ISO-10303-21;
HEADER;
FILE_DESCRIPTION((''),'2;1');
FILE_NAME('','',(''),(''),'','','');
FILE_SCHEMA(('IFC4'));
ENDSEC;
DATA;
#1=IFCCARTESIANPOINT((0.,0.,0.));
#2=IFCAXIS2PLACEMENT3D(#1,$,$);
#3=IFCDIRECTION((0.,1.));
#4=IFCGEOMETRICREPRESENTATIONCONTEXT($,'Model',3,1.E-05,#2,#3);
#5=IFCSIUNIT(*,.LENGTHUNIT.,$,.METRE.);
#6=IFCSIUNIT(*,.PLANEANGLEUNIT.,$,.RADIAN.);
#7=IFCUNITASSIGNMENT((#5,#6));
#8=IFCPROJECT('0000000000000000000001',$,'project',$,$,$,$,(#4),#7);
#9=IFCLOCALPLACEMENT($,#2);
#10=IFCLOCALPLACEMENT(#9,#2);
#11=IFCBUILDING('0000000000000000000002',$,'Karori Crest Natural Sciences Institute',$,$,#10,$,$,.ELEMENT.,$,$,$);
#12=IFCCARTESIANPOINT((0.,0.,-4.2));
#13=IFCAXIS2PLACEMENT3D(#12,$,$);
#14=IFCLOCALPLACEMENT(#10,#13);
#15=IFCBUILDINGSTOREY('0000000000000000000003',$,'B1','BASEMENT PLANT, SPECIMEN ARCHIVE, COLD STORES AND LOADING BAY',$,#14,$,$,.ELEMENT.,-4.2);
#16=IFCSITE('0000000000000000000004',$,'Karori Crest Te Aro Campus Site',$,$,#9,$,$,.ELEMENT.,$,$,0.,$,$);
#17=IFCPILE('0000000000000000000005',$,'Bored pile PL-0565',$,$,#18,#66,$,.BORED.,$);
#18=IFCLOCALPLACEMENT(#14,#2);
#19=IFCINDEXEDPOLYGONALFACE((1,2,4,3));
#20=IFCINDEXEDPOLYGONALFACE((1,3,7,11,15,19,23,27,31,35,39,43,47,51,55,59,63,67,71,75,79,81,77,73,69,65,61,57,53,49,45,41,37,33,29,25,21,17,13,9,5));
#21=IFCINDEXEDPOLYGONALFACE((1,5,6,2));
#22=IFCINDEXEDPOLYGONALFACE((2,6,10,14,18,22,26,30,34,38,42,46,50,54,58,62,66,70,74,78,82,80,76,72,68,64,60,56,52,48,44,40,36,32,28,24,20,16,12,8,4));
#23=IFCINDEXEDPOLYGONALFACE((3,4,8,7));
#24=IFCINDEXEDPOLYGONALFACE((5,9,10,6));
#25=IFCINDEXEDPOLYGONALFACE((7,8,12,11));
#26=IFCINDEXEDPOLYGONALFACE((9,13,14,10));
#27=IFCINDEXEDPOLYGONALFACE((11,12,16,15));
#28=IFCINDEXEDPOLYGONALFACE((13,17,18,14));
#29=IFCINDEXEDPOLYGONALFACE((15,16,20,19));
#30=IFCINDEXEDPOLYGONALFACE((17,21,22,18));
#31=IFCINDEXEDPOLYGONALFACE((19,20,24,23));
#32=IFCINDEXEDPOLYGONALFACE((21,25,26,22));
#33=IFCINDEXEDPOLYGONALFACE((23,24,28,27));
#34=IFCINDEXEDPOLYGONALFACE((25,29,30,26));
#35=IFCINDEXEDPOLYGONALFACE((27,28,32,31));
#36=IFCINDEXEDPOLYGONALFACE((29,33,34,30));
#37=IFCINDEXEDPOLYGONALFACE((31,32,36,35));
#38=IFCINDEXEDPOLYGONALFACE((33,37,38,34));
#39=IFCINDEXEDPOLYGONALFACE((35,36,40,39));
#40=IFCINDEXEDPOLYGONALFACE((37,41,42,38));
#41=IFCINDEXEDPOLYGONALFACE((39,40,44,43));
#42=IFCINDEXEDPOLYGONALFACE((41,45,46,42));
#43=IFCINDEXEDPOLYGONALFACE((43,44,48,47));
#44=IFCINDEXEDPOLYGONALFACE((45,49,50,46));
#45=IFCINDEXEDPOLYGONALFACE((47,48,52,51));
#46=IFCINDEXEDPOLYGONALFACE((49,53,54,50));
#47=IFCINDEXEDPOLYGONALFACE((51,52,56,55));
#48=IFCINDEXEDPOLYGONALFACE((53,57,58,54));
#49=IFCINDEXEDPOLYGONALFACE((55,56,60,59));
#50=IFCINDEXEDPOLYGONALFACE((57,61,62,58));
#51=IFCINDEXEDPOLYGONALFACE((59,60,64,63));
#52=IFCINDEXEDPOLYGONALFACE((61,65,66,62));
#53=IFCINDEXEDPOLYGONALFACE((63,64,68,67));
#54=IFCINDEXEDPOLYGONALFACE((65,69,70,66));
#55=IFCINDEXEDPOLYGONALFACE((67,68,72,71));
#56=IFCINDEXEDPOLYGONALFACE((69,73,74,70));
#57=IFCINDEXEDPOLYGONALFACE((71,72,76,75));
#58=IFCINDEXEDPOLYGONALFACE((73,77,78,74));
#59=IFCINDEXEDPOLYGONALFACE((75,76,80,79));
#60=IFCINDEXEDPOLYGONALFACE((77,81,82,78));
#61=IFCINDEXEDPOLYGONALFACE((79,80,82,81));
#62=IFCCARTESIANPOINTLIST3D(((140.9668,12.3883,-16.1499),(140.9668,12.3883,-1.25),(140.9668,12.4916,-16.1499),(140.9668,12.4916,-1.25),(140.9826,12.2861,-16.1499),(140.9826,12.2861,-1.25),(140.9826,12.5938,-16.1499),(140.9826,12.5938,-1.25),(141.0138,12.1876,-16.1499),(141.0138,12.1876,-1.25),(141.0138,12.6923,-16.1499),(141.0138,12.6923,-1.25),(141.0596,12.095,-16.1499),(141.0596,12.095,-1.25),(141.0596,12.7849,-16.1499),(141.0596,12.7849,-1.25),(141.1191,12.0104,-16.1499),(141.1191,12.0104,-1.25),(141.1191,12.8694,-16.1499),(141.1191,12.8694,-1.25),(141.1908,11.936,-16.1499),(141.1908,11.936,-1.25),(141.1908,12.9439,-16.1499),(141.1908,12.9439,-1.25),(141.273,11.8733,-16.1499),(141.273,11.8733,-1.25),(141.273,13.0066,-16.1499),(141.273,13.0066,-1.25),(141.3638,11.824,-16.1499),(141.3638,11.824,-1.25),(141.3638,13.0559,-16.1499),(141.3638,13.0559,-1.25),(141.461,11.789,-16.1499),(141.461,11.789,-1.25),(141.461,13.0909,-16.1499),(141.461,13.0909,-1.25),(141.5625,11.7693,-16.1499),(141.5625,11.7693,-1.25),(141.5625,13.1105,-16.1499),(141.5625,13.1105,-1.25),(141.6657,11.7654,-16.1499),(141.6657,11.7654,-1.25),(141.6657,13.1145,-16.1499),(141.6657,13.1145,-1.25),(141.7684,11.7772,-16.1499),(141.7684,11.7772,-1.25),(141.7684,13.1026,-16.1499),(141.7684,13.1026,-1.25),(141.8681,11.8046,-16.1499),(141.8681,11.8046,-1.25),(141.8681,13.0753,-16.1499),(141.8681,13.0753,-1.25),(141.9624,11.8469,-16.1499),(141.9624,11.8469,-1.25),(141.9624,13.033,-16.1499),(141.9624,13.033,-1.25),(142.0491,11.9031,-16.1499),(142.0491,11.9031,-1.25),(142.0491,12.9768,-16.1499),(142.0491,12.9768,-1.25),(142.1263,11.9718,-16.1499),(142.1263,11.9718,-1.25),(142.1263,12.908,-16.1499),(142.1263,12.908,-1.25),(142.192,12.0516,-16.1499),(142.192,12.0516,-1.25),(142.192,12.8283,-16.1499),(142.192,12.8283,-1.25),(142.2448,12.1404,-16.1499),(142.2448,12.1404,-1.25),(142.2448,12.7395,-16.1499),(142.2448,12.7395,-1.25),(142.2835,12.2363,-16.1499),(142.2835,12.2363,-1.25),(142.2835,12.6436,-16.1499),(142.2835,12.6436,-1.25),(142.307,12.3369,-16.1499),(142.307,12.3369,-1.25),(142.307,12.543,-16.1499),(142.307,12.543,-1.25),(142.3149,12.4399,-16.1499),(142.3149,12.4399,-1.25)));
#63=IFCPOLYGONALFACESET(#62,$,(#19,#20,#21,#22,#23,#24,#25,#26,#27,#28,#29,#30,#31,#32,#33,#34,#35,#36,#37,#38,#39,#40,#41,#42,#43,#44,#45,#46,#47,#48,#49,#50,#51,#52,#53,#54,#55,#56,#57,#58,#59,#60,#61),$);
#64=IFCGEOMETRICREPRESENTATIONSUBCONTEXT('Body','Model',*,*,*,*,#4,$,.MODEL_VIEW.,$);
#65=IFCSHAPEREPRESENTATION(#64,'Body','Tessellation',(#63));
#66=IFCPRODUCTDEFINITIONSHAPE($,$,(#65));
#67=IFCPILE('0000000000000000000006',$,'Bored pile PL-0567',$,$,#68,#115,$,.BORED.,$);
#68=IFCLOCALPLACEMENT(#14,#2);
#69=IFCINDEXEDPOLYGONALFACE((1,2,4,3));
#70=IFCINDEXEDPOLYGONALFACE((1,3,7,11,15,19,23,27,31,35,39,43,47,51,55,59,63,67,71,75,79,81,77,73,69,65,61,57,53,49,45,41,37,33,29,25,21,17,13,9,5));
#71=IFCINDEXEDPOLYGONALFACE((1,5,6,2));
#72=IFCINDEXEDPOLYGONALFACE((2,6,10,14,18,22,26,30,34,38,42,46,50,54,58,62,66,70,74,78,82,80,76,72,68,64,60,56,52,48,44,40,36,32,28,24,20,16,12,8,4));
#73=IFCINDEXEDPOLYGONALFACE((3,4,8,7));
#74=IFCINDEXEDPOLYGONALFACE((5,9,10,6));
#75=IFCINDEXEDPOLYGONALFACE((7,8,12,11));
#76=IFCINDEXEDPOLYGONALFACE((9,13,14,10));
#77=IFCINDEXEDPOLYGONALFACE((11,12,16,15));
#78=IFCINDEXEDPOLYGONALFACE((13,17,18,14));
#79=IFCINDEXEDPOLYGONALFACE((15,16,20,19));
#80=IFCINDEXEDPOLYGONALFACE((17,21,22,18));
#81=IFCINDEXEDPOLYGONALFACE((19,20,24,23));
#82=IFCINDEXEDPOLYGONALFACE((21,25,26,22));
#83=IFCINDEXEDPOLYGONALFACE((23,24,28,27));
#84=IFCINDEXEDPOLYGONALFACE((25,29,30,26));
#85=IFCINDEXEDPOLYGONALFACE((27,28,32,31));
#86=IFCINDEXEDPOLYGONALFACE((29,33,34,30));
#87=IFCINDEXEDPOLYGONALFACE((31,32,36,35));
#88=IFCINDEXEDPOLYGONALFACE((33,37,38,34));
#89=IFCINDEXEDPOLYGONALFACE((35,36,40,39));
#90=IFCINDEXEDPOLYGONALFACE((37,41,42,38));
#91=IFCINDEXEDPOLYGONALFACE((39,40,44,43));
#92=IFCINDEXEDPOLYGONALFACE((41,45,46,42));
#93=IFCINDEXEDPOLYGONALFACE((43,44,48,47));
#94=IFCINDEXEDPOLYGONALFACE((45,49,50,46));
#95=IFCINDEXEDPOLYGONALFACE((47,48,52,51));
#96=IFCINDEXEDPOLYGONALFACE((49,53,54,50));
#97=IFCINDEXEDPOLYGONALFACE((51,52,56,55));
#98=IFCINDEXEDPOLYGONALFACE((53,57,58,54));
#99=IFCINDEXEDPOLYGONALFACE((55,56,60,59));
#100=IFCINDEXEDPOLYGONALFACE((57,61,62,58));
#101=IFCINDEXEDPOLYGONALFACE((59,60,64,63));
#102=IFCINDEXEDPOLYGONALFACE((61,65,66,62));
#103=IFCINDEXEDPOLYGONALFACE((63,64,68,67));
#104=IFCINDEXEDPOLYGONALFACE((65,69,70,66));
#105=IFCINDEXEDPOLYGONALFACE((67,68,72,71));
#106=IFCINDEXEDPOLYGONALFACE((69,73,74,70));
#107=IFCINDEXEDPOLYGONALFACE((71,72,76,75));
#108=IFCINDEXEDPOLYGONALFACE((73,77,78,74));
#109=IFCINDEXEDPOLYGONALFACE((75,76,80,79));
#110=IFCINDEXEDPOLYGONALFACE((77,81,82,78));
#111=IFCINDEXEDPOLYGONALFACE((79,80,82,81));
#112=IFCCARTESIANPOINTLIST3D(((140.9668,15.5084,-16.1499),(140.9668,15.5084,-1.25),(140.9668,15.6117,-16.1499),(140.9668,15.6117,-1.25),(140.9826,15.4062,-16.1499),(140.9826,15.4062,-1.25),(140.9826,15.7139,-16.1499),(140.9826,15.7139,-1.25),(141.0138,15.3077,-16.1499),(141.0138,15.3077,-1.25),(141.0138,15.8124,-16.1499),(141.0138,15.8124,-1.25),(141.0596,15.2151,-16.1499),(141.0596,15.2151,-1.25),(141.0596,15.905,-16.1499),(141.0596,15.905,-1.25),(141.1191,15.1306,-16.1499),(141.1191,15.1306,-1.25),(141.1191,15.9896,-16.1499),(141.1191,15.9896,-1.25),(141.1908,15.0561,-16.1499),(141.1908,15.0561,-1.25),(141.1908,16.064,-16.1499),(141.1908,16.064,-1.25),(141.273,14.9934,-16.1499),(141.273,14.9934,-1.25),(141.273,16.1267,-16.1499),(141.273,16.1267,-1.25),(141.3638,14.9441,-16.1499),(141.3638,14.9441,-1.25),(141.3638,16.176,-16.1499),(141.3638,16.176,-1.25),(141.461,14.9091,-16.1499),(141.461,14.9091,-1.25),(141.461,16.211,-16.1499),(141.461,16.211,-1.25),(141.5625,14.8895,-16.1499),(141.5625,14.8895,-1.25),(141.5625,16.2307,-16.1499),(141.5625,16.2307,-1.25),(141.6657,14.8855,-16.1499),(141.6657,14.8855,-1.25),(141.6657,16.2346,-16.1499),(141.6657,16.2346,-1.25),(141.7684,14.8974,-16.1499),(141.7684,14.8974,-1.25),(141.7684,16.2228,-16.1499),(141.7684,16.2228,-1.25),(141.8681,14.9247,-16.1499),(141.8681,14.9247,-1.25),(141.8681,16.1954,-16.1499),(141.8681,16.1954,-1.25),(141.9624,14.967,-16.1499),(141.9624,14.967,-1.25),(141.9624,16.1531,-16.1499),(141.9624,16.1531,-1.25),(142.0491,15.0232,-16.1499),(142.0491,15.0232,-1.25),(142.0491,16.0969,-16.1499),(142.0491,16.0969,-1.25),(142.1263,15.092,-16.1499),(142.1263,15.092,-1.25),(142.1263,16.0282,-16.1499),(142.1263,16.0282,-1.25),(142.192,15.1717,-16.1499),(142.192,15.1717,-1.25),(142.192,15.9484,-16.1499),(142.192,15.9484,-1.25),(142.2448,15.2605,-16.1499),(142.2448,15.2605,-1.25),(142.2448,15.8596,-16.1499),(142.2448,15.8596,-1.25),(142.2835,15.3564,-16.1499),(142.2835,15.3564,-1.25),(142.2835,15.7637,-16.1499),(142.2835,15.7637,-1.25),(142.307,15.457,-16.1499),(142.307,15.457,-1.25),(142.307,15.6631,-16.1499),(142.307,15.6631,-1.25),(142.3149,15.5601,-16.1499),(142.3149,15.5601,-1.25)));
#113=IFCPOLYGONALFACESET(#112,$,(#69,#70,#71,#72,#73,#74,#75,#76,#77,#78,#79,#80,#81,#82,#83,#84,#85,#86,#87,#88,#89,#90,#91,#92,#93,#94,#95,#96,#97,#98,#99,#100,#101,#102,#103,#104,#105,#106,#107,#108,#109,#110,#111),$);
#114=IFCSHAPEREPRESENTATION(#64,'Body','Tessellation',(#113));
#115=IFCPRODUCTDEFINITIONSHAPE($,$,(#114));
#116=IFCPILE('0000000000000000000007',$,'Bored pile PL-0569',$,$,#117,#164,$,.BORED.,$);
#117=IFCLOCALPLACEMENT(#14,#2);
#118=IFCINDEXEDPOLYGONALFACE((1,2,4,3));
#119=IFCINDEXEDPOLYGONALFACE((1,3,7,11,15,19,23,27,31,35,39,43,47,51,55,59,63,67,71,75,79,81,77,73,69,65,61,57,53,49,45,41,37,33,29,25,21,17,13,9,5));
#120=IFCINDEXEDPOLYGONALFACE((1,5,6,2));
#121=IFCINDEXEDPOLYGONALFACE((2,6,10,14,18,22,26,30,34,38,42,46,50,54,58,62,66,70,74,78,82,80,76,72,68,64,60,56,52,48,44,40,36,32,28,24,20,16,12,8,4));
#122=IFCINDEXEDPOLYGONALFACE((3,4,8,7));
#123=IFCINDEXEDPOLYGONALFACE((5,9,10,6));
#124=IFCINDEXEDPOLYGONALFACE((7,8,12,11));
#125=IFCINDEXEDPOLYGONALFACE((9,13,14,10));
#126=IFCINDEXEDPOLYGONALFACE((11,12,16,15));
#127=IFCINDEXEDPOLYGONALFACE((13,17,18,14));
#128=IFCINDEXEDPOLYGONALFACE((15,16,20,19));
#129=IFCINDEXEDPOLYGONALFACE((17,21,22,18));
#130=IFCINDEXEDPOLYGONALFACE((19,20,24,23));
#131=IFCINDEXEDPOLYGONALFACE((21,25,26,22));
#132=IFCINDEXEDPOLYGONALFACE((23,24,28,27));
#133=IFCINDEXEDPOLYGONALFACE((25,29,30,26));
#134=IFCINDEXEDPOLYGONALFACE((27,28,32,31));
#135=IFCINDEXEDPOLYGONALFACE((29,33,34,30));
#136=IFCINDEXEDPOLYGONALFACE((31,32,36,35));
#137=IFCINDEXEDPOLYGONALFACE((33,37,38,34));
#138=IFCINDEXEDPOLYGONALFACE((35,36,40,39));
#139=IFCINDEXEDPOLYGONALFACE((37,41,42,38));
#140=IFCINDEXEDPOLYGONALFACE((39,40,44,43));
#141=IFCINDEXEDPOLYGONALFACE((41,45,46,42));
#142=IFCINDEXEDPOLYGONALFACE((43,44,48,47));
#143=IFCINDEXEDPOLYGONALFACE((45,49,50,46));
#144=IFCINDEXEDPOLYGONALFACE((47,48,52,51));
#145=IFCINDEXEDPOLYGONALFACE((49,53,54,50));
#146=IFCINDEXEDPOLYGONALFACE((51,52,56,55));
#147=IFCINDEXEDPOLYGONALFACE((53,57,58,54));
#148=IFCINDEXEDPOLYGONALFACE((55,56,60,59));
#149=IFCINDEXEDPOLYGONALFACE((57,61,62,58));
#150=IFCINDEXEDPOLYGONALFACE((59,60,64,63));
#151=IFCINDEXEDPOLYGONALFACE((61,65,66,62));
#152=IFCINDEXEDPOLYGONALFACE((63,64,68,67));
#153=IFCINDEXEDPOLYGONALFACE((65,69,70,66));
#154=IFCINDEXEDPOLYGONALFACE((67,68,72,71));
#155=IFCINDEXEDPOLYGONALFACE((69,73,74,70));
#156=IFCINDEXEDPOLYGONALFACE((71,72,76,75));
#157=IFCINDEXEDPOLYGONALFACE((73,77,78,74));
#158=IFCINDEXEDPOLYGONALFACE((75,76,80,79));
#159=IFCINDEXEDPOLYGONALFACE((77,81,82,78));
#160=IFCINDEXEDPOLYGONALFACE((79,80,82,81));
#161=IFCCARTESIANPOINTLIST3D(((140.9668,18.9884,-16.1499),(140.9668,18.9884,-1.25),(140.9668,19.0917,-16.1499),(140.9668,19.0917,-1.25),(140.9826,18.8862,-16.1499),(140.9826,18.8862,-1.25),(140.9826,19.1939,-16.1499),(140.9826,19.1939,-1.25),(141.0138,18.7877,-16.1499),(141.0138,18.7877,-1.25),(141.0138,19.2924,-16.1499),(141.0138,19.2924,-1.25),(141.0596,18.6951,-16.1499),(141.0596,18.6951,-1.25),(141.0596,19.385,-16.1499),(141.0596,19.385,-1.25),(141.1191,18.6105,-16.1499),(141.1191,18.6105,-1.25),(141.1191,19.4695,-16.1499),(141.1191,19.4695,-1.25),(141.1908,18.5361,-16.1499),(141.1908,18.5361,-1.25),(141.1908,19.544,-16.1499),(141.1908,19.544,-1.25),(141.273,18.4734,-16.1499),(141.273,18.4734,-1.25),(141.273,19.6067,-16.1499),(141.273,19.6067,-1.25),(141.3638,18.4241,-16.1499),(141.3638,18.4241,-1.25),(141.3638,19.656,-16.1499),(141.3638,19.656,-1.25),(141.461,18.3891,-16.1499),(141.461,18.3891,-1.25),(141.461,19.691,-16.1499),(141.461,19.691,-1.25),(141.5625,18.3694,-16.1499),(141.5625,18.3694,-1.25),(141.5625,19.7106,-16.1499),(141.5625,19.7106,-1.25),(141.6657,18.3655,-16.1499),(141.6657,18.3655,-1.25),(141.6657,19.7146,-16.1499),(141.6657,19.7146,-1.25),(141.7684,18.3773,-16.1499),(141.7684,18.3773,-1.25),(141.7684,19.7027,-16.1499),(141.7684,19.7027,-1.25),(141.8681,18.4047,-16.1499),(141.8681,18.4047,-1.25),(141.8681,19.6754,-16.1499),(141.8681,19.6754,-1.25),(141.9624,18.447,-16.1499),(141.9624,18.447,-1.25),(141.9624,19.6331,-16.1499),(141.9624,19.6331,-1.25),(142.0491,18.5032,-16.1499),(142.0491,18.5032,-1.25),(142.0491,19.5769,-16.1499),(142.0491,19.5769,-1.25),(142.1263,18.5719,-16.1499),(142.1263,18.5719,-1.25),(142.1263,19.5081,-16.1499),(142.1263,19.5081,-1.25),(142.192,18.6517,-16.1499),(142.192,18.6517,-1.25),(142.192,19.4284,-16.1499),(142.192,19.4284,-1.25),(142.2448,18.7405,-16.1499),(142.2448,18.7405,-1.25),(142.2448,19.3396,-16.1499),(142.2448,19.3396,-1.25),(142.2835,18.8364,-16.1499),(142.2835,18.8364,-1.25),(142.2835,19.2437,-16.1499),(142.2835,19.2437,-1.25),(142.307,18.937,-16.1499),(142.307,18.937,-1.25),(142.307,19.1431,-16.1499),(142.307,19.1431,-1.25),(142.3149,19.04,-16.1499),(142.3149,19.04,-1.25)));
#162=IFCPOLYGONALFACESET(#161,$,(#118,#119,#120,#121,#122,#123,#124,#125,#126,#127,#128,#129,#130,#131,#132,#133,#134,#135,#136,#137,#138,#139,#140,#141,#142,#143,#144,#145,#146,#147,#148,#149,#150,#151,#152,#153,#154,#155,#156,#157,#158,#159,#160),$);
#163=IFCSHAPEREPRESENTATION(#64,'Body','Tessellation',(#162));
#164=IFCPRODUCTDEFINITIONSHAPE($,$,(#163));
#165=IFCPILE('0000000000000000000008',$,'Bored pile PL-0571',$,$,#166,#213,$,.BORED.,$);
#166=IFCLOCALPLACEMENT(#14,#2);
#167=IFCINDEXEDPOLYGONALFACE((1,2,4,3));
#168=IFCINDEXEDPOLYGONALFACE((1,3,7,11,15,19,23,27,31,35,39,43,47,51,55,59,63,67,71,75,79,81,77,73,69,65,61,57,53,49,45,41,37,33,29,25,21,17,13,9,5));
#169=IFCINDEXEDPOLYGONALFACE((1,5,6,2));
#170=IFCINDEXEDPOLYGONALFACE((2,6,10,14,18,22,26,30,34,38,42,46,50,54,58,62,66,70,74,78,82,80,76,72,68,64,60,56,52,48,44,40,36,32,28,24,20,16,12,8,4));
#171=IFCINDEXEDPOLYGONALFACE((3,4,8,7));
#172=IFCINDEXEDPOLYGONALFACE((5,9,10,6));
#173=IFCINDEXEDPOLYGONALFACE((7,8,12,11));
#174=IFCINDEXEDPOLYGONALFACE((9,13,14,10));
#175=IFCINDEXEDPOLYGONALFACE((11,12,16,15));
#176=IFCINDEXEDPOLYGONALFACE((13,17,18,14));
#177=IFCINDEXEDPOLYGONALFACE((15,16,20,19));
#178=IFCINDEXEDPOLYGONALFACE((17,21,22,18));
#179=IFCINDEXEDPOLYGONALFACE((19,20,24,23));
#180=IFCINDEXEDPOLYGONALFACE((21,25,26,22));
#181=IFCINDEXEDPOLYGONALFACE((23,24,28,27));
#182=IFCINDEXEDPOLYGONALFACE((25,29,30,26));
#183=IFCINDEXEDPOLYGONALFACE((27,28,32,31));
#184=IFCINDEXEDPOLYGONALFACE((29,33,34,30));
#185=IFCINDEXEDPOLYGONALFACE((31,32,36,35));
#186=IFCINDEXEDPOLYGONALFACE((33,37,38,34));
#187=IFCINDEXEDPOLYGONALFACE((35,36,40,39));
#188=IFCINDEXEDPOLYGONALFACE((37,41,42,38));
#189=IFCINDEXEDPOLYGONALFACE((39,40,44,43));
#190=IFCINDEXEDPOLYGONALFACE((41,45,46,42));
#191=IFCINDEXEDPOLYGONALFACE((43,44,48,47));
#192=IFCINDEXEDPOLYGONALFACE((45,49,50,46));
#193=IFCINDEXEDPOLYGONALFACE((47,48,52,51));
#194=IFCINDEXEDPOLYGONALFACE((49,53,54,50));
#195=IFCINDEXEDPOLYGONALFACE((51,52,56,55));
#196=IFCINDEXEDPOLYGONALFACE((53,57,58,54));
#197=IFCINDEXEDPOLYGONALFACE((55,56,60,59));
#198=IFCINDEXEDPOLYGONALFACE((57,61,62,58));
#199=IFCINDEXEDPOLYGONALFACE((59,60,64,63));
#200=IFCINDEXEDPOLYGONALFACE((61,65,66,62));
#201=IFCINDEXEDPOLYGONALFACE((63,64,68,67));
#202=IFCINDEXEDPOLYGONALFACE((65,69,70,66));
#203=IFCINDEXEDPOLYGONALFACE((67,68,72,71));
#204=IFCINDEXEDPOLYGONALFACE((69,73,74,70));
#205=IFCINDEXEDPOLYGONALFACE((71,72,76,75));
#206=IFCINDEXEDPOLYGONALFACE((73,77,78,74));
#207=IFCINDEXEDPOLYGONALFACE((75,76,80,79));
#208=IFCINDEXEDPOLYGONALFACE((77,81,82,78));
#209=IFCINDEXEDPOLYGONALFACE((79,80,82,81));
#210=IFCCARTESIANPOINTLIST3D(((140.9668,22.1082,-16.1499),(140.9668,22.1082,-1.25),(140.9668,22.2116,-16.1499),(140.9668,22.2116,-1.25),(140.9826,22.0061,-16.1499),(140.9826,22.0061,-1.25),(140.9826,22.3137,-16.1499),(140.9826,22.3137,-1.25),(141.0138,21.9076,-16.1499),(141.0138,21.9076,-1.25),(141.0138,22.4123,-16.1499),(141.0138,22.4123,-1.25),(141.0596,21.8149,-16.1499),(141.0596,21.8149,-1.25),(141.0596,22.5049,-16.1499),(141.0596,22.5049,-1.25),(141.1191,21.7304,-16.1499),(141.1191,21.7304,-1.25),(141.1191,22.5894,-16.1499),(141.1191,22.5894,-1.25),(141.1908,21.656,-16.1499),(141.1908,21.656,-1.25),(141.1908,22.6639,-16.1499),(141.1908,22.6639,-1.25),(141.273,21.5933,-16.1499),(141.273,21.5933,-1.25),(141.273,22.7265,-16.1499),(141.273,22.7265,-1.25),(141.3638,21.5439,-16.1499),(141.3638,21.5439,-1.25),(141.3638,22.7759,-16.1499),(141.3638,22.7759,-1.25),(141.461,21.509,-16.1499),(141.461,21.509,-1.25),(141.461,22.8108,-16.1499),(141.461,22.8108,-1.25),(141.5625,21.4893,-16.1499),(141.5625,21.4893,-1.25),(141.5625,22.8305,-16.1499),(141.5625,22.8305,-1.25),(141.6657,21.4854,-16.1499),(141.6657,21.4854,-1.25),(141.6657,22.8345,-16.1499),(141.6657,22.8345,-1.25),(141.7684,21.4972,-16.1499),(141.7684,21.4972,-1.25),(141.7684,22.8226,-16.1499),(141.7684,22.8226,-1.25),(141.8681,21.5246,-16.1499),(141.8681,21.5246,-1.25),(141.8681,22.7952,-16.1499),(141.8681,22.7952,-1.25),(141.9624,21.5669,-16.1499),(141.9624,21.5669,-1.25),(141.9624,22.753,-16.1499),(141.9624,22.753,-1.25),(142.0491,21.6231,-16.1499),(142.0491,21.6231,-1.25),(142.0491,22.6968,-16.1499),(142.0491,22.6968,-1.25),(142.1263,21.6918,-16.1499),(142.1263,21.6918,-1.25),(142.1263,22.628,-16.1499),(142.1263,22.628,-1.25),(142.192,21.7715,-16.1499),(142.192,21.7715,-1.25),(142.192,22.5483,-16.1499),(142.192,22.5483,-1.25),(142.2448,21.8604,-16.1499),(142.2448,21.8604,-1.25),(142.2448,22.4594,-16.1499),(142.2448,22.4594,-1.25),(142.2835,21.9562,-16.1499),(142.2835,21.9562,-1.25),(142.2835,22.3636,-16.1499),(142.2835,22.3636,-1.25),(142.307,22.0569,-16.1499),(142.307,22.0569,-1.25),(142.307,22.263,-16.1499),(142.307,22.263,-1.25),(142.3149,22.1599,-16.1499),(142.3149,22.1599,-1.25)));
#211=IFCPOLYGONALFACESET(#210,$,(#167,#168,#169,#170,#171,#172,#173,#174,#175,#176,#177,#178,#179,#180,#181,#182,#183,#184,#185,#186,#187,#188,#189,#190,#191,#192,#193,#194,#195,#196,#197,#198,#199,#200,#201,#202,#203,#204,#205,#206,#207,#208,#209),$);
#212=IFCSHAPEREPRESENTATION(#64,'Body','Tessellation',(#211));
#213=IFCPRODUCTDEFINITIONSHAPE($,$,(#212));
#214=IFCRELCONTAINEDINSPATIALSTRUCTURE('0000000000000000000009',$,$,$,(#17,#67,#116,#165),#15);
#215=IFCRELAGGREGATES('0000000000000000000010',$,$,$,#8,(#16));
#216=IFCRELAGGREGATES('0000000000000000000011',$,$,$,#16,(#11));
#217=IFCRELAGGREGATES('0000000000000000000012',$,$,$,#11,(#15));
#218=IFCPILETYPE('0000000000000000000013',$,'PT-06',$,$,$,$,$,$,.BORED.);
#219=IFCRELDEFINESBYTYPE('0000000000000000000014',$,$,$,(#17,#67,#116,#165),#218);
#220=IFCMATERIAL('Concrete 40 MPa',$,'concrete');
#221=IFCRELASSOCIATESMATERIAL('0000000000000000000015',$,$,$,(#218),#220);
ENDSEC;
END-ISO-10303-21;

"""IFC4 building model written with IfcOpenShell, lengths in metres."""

from ifc_helpers import new_model, si_unit, direction, frame, origin, origin_2d, place, context, subcontext, project, spatial, circle, extrude, material, material_profile, profile_set, type_object, element, save


model = new_model("IFC4")

# Units and contexts
model_context = context("Model", 3, precision=1e-05, world=origin(), true_north=direction((0.0, 1.0)))
body_context = subcontext(model_context, "Body", "Model", "MODEL_VIEW")
ifc_project = project(units=[si_unit("LENGTHUNIT", "METRE"), si_unit("PLANEANGLEUNIT", "RADIAN")], contexts=[model_context])

# Site, building, storey
site_placement = place(None, origin())
site = spatial("IfcSite", under=ifc_project, at=site_placement, Name="Karori Crest Te Aro Campus Site", CompositionType="ELEMENT", RefElevation=0.0)
building_placement = place(site_placement, origin())
building = spatial("IfcBuilding", under=site, at=building_placement, Name="Karori Crest Natural Sciences Institute", CompositionType="ELEMENT")
storey_placement = place(building_placement, frame((0.0, 0.0, -4.2)))
storey = spatial("IfcBuildingStorey", under=building, at=storey_placement, Name="B1", Description="BASEMENT PLANT, SPECIMEN ARCHIVE, COLD STORES AND LOADING BAY", CompositionType="ELEMENT", Elevation=-4.2)

# Shared definitions
ifc_material_1 = material(Name="Concrete 40 MPa", Category="concrete")

# Piles
ifc_material_profile_1 = material_profile(ifc_material_1, circle(Radius=0.675, at=origin_2d()), Name="PILE1350")
ifc_profile_set_1 = profile_set([ifc_material_profile_1], Name="Concrete 40 MPa")
pile_type = type_object("IfcPileType", Name="PT-06", PredefinedType="BORED", material=ifc_profile_set_1)
for number, where, z_axis, x_axis, name in (
    (1, (141.6399, 12.4399, -1.25), (0.0, 0.0, -1.0), (1.0, 0.0, 0.0), "Bored pile PL-0565"),
    (2, (141.6399, 15.5601, -1.25), (0.0, 0.0, -1.0), (1.0, 0.0, 0.0), "Bored pile PL-0567"),
    (3, (141.6399, 19.04, -1.25), (0.0, 0.0, -1.0), (1.0, 0.0, 0.0), "Bored pile PL-0569"),
    (4, (141.6399, 22.1599, -1.25), (0.0, 0.0, -1.0), (1.0, 0.0, 0.0), "Bored pile PL-0571"),
):
    element("IfcPile", number, at=place(storey_placement, frame(where, z_axis=z_axis, x_axis=x_axis)), inside=storey, type_object=pile_type, Name=name, PredefinedType="BORED", context=body_context, shape_type="SweptSolid", body=[
        extrude(circle(Radius=0.675, at=origin_2d()), origin(), (0.0, 0.0, 1.0), 14.8999),
    ])

save(model, "model.ifc")
